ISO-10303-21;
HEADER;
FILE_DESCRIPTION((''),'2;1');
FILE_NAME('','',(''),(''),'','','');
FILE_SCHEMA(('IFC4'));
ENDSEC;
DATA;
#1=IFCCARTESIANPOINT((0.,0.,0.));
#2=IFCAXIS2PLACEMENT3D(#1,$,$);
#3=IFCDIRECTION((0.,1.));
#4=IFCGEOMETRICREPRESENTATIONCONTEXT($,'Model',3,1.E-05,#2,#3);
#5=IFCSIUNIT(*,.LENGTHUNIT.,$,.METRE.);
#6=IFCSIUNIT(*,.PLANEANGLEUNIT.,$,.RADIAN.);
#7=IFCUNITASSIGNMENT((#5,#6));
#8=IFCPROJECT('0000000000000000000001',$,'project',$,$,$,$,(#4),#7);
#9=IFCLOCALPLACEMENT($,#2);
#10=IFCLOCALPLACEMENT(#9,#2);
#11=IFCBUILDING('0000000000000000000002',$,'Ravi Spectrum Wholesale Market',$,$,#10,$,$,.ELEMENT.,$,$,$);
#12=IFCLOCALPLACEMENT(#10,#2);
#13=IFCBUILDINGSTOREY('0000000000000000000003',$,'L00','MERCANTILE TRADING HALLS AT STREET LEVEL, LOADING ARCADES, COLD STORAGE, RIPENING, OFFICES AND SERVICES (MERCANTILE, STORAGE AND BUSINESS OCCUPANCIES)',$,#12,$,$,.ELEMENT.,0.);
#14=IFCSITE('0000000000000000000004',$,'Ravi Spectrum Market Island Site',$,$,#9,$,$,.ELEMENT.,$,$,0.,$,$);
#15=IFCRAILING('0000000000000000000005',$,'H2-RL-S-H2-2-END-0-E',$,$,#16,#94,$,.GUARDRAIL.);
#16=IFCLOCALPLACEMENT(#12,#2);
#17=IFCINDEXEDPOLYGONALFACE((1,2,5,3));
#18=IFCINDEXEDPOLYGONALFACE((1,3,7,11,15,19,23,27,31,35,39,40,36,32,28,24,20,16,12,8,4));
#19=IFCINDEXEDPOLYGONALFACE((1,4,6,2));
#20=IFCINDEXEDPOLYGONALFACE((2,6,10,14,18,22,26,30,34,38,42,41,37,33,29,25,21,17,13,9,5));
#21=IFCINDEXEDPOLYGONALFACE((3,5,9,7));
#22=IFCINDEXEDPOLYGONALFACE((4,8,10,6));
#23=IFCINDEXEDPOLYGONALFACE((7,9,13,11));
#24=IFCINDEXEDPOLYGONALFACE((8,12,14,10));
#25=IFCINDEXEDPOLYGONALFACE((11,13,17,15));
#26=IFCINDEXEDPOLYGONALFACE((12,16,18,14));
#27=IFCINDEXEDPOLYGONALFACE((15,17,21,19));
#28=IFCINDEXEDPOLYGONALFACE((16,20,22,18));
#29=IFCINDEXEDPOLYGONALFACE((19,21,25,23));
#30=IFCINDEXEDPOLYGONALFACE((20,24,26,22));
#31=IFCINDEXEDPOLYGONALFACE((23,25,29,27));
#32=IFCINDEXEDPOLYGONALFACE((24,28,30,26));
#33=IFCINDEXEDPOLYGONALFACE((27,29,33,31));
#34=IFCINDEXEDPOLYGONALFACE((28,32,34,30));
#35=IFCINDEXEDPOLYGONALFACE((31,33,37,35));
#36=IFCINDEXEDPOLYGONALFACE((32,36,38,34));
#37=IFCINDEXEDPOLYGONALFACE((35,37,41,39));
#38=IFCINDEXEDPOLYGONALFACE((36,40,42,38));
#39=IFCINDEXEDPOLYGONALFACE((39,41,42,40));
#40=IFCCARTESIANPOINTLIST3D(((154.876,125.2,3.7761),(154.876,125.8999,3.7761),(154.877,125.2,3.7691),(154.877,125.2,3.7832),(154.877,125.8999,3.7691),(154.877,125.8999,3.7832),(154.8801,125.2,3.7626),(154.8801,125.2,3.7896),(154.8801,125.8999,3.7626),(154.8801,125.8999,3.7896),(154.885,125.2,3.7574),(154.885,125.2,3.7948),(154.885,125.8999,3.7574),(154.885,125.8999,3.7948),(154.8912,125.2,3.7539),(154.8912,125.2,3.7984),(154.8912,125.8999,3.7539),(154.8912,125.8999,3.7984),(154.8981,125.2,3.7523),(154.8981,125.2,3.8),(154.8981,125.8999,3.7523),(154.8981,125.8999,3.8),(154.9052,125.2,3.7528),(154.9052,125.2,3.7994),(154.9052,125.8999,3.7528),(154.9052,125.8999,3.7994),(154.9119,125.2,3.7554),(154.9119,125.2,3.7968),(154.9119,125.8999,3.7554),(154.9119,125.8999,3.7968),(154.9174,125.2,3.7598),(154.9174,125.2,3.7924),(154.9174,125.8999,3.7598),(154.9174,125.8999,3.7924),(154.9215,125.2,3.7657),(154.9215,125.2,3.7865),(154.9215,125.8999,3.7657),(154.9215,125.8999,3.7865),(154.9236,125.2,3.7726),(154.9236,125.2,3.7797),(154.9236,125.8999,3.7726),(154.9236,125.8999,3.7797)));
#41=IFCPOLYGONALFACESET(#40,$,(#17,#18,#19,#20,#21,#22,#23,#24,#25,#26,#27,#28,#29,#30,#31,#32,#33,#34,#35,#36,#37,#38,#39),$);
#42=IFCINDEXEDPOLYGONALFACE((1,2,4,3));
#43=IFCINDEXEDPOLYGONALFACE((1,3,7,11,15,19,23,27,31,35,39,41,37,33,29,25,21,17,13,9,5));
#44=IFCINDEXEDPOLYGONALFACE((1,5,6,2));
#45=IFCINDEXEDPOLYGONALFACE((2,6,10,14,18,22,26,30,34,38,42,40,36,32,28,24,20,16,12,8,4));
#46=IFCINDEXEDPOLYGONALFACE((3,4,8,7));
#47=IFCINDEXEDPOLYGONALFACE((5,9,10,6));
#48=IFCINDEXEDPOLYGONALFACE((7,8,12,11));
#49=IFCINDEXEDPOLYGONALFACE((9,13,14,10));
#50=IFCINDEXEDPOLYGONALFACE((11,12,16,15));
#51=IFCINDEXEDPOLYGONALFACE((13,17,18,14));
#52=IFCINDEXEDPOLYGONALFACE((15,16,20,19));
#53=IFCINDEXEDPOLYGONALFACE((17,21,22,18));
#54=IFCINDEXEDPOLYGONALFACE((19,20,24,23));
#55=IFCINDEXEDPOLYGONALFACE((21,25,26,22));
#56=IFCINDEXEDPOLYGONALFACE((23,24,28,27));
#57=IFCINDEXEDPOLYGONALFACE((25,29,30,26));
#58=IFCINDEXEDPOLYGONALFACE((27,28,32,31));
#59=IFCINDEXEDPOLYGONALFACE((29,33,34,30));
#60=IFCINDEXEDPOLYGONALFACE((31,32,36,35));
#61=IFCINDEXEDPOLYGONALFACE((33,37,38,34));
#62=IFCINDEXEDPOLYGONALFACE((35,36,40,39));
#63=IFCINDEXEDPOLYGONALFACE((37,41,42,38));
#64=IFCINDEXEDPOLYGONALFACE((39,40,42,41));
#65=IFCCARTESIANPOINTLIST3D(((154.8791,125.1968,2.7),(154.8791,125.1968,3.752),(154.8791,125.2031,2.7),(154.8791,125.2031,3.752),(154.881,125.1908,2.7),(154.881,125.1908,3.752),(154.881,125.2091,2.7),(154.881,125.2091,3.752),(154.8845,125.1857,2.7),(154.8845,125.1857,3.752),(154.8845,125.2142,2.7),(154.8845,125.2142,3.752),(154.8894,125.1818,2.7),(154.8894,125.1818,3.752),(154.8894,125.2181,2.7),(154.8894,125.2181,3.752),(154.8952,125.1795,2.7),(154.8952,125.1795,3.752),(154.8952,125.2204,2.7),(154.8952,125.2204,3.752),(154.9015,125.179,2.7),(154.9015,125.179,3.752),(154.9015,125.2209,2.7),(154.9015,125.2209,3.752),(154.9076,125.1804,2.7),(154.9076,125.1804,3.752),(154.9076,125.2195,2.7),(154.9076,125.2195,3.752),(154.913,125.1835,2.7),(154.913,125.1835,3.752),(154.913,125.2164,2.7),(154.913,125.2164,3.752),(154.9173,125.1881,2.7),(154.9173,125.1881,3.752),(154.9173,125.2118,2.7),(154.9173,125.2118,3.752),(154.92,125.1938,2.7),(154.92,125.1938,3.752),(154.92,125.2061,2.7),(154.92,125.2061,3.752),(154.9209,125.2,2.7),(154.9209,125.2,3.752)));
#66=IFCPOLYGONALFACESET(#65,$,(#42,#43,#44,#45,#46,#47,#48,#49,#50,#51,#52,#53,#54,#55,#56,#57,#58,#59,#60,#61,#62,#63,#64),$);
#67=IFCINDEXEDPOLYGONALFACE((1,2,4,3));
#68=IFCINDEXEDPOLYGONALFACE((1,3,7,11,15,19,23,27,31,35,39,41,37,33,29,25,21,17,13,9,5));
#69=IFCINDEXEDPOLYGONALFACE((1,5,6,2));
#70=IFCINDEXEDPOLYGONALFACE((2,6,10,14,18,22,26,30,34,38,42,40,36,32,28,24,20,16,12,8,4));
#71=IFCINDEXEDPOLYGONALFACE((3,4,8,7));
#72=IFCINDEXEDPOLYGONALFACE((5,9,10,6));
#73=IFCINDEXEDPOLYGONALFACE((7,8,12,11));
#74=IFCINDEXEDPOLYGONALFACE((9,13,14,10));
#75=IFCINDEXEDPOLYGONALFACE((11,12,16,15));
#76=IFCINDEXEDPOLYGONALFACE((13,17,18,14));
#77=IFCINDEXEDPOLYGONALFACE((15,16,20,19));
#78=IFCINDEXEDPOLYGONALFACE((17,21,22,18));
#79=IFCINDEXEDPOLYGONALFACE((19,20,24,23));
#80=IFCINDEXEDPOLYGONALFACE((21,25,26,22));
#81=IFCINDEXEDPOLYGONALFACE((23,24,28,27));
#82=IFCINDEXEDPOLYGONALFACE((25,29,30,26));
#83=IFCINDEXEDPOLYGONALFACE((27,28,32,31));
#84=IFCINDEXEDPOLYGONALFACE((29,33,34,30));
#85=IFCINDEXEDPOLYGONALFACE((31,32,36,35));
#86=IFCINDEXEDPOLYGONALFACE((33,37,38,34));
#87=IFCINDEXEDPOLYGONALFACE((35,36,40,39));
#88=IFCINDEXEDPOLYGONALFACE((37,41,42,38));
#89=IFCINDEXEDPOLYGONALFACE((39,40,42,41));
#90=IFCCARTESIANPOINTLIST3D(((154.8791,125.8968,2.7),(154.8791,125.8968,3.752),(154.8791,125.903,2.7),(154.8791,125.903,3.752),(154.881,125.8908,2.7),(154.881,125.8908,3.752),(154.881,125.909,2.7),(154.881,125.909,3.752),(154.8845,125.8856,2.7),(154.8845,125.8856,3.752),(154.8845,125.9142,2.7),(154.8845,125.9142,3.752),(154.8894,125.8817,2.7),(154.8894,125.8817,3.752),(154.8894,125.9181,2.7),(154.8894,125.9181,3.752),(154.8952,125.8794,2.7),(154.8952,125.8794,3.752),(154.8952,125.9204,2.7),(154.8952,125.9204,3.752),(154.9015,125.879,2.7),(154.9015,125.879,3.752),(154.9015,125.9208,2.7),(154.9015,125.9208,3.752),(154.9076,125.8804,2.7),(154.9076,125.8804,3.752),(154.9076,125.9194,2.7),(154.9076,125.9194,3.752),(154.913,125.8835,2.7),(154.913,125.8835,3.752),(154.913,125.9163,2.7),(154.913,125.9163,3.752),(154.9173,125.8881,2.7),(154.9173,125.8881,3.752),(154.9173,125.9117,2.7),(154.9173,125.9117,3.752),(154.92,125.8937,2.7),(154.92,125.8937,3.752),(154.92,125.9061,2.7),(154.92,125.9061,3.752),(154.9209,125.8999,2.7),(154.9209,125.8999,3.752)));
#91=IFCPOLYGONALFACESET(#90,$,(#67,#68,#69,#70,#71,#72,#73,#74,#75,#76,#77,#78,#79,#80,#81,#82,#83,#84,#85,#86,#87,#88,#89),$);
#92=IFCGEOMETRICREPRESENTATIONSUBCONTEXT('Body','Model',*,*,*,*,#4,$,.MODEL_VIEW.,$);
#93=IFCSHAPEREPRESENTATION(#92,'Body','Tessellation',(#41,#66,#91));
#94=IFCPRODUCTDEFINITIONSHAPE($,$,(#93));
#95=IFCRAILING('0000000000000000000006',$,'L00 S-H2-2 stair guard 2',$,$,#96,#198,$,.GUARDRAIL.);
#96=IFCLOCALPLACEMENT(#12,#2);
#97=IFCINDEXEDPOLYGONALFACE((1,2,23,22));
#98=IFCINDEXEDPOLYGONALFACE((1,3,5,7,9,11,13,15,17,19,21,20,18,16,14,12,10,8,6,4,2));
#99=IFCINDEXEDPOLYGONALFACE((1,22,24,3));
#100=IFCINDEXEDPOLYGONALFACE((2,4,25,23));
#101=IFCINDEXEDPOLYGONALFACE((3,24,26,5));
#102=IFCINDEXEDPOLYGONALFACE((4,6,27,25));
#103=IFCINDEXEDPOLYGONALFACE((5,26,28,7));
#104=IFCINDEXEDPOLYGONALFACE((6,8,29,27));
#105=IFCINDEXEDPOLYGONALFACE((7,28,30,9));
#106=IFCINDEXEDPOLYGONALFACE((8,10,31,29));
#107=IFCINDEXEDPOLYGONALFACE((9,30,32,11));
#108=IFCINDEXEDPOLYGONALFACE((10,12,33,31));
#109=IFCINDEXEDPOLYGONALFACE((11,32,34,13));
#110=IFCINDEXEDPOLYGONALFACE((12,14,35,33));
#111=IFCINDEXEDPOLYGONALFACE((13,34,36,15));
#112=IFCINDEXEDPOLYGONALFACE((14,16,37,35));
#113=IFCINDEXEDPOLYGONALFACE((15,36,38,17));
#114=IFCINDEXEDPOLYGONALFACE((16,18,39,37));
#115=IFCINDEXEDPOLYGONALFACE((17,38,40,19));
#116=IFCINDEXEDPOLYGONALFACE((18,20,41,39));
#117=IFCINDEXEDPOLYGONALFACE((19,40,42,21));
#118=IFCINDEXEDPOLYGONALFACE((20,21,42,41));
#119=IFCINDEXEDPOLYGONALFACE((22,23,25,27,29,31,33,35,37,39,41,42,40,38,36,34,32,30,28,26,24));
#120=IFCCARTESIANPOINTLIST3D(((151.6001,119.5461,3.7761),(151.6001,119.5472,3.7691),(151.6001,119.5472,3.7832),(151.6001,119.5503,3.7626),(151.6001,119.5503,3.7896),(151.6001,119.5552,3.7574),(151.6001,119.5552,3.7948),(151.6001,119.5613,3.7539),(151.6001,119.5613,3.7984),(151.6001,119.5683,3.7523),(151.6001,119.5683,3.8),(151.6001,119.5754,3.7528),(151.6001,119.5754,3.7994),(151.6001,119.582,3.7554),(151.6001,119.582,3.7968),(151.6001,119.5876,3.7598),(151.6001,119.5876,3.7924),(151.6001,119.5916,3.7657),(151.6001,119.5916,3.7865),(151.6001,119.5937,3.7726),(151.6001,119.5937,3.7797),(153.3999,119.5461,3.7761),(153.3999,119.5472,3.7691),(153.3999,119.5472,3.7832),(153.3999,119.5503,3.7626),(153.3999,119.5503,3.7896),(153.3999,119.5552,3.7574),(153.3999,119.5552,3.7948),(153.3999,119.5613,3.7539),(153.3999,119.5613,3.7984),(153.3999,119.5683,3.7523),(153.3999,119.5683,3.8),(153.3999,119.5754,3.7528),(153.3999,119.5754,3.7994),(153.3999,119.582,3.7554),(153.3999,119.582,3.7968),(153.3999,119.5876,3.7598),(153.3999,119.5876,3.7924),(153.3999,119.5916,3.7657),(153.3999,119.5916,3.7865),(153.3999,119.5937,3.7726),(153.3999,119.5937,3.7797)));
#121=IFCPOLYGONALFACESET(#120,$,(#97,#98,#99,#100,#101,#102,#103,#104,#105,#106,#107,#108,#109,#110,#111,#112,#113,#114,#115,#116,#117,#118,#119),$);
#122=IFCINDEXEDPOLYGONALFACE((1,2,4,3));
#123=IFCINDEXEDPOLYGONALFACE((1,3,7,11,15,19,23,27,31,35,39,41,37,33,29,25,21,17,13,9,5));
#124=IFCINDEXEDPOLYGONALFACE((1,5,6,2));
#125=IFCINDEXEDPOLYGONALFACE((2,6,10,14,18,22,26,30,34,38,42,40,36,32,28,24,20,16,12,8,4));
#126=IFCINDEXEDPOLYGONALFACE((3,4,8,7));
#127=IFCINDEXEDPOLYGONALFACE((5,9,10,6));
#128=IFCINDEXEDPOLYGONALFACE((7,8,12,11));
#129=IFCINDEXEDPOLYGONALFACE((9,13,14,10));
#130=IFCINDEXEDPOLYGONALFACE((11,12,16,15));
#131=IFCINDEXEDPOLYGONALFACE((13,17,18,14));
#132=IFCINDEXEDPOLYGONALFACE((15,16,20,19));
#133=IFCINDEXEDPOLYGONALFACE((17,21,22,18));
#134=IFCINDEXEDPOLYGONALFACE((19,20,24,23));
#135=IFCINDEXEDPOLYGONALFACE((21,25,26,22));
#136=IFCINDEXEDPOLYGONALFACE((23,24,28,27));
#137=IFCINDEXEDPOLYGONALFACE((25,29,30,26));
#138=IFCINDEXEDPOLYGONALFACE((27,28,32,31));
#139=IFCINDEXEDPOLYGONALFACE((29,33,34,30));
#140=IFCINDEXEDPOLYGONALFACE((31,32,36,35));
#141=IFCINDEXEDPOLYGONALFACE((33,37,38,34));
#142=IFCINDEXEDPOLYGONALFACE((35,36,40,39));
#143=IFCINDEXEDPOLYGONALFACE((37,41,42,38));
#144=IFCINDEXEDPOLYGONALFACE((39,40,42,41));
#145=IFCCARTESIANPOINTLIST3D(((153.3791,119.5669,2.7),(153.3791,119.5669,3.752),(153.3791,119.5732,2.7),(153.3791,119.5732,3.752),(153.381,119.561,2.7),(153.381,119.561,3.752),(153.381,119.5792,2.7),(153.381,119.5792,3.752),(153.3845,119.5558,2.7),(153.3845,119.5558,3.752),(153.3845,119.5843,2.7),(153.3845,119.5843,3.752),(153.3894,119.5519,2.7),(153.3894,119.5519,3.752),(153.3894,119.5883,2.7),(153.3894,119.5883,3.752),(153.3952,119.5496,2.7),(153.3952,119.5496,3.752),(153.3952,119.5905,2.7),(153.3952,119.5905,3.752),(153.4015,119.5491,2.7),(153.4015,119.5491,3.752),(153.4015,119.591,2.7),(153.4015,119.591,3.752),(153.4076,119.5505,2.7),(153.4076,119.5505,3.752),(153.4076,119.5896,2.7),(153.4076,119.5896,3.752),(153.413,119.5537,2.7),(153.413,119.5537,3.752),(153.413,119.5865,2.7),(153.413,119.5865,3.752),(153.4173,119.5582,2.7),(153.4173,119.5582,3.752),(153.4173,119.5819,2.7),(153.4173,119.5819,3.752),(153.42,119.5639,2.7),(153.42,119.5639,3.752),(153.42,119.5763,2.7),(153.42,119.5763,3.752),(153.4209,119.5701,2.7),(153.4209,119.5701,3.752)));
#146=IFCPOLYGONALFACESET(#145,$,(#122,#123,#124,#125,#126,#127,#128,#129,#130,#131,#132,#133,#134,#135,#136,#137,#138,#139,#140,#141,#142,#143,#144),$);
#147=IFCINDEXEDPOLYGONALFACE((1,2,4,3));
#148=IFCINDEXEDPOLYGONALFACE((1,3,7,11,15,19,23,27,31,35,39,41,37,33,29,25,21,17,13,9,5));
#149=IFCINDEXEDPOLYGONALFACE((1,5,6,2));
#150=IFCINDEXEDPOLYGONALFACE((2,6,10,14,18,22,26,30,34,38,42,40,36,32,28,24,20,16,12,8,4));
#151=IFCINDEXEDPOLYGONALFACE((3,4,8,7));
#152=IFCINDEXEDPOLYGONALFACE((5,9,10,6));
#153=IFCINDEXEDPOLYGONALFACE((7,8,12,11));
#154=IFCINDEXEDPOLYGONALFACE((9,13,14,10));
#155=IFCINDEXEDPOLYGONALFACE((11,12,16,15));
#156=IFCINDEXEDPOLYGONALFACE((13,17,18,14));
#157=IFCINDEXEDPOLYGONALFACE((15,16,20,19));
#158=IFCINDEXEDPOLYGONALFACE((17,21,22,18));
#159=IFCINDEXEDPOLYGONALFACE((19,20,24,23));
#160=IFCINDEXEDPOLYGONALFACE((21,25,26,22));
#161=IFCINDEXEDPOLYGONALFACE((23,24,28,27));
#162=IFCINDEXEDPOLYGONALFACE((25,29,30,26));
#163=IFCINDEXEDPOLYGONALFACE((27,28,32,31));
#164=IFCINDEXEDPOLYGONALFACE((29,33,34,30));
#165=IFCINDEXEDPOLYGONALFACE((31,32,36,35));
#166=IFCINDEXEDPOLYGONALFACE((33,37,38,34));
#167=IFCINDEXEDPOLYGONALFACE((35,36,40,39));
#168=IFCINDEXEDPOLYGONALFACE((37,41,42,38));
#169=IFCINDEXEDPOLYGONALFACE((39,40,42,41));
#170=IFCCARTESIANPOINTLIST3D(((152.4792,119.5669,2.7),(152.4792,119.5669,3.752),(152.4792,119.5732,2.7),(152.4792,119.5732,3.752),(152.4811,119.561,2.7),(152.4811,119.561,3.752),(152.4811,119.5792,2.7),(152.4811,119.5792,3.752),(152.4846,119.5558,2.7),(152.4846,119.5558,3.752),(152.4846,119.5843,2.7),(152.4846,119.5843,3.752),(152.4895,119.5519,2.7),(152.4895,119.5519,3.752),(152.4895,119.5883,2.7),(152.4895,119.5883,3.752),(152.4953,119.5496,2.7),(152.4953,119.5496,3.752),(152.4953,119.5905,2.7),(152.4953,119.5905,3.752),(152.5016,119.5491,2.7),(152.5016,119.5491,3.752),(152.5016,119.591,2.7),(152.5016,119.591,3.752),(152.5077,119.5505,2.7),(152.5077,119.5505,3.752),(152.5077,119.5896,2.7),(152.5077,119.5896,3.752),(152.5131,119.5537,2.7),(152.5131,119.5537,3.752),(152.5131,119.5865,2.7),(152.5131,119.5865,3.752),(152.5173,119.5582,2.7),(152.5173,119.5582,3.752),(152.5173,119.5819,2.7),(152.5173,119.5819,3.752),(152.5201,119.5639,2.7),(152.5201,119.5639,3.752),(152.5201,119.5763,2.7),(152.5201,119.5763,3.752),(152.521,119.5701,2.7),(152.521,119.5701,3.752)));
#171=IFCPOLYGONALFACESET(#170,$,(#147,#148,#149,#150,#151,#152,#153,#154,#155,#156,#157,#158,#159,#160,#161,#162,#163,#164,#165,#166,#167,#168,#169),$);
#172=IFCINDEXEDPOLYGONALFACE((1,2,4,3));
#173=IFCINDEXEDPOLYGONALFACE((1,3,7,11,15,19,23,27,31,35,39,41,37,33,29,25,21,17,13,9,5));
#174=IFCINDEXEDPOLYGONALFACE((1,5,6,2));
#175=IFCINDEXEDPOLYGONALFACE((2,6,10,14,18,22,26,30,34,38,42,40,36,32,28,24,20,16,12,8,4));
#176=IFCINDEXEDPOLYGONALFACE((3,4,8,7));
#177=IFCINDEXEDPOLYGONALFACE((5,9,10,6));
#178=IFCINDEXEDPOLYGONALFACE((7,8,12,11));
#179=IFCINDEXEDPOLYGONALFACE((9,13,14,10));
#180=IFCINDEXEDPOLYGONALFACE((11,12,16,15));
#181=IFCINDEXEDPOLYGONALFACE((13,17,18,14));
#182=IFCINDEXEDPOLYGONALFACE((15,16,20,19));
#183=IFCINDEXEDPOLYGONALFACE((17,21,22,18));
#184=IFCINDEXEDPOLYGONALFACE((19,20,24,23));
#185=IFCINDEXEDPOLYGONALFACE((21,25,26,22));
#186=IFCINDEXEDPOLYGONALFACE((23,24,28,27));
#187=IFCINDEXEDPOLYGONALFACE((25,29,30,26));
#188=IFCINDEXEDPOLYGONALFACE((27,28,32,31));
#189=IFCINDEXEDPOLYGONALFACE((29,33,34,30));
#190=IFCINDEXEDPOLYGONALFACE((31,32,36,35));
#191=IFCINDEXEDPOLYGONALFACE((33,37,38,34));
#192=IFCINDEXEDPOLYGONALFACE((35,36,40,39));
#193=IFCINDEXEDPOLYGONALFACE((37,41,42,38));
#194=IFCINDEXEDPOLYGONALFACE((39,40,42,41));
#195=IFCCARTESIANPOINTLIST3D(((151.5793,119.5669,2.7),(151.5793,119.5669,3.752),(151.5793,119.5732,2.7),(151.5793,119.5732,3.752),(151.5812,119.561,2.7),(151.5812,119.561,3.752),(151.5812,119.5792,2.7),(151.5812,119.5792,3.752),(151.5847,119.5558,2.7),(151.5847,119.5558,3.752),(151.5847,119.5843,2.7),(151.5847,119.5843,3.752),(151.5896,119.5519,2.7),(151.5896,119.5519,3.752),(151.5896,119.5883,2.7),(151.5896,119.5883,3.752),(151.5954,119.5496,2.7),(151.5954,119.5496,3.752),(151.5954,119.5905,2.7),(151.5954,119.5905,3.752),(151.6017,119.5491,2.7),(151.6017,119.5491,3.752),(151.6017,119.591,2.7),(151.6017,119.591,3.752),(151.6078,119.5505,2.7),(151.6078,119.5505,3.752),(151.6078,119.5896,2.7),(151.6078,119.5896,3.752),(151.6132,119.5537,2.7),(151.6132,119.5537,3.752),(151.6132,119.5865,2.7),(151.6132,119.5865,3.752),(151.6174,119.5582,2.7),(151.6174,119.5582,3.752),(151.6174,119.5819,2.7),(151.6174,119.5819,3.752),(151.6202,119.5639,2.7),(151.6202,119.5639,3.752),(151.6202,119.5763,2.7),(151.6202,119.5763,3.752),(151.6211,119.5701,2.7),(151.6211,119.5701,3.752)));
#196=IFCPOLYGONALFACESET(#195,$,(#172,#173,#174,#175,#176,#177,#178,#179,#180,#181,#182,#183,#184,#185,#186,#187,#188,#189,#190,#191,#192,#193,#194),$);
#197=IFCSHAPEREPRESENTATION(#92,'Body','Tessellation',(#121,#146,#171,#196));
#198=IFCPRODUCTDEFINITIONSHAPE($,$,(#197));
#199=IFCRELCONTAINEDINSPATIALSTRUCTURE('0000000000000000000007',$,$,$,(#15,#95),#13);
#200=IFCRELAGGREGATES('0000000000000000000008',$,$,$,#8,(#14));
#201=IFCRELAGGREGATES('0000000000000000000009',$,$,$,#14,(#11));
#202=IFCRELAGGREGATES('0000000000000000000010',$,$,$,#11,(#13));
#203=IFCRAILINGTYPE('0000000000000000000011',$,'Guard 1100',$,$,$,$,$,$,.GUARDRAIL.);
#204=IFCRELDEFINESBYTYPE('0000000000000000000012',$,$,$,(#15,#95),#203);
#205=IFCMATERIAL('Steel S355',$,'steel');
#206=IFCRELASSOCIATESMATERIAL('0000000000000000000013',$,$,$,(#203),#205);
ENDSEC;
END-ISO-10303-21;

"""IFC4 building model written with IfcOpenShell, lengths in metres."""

from ifc_helpers import new_model, si_unit, direction, frame, origin, origin_2d, place, context, subcontext, project, spatial, circle, extrude, material, type_object, element, save


model = new_model("IFC4")

# Units and contexts
model_context = context("Model", 3, precision=1e-05, world=origin(), true_north=direction((0.0, 1.0)))
body_context = subcontext(model_context, "Body", "Model", "MODEL_VIEW")
ifc_project = project(units=[si_unit("LENGTHUNIT", "METRE"), si_unit("PLANEANGLEUNIT", "RADIAN")], contexts=[model_context])

# Site, building, storey
site_placement = place(None, origin())
site = spatial("IfcSite", under=ifc_project, at=site_placement, Name="Ravi Spectrum Market Island Site", CompositionType="ELEMENT", RefElevation=0.0)
building_placement = place(site_placement, origin())
building = spatial("IfcBuilding", under=site, at=building_placement, Name="Ravi Spectrum Wholesale Market", CompositionType="ELEMENT")
storey_placement = place(building_placement, origin())
storey = spatial("IfcBuildingStorey", under=building, at=storey_placement, Name="L00", Description="MERCANTILE TRADING HALLS AT STREET LEVEL, LOADING ARCADES, COLD STORAGE, RIPENING, OFFICES AND SERVICES (MERCANTILE, STORAGE AND BUSINESS OCCUPANCIES)", CompositionType="ELEMENT", Elevation=0.0)

# Railings
ifc_material_1 = material(Name="Steel S355", Category="steel")
railing_type_1 = type_object("IfcRailingType", Name="Guard 1100", PredefinedType="GUARDRAIL", material=ifc_material_1)
railing_1_placement = place(storey_placement, frame((154.8999, 125.2, 2.7)))
element("IfcRailing", 1, at=railing_1_placement, inside=storey, type_object=railing_type_1, Name="H2-RL-S-H2-2-END-0-E", PredefinedType="GUARDRAIL", context=body_context, shape_type="SweptSolid", body=[
    extrude(circle(Radius=0.0239, at=origin_2d()), frame((0.0, 0.0, 1.0762), z_axis=(0.0, 1.0, 0.0), x_axis=(-1.0, 0.0, 0.0)), (0.0, 0.0, 1.0), 0.7),
    extrude(circle(Radius=0.021, at=origin_2d()), origin(), (0.0, 0.0, 1.0), 1.052),
    extrude(circle(Radius=0.021, at=origin_2d()), frame((0.0, 0.7, 0.0)), (0.0, 0.0, 1.0), 1.052),
])
railing_2_placement = place(storey_placement, frame((153.3999, 119.5701, 2.7)))
element("IfcRailing", 2, at=railing_2_placement, inside=storey, type_object=railing_type_1, Name="L00 S-H2-2 stair guard 2", PredefinedType="GUARDRAIL", context=body_context, shape_type="SweptSolid", body=[
    extrude(circle(Radius=0.0239, at=origin_2d()), frame((0.0, 0.0, 1.0762), z_axis=(-1.0, 0.0, 0.0), x_axis=(0.0, -1.0, 0.0)), (0.0, 0.0, 1.0), 1.7998),
    extrude(circle(Radius=0.021, at=origin_2d()), origin(), (0.0, 0.0, 1.0), 1.052),
    extrude(circle(Radius=0.021, at=origin_2d()), frame((-0.8999, 0.0, 0.0)), (0.0, 0.0, 1.0), 1.052),
    extrude(circle(Radius=0.021, at=origin_2d()), frame((-1.7998, 0.0, 0.0)), (0.0, 0.0, 1.0), 1.052),
])

save(model, "model.ifc")
